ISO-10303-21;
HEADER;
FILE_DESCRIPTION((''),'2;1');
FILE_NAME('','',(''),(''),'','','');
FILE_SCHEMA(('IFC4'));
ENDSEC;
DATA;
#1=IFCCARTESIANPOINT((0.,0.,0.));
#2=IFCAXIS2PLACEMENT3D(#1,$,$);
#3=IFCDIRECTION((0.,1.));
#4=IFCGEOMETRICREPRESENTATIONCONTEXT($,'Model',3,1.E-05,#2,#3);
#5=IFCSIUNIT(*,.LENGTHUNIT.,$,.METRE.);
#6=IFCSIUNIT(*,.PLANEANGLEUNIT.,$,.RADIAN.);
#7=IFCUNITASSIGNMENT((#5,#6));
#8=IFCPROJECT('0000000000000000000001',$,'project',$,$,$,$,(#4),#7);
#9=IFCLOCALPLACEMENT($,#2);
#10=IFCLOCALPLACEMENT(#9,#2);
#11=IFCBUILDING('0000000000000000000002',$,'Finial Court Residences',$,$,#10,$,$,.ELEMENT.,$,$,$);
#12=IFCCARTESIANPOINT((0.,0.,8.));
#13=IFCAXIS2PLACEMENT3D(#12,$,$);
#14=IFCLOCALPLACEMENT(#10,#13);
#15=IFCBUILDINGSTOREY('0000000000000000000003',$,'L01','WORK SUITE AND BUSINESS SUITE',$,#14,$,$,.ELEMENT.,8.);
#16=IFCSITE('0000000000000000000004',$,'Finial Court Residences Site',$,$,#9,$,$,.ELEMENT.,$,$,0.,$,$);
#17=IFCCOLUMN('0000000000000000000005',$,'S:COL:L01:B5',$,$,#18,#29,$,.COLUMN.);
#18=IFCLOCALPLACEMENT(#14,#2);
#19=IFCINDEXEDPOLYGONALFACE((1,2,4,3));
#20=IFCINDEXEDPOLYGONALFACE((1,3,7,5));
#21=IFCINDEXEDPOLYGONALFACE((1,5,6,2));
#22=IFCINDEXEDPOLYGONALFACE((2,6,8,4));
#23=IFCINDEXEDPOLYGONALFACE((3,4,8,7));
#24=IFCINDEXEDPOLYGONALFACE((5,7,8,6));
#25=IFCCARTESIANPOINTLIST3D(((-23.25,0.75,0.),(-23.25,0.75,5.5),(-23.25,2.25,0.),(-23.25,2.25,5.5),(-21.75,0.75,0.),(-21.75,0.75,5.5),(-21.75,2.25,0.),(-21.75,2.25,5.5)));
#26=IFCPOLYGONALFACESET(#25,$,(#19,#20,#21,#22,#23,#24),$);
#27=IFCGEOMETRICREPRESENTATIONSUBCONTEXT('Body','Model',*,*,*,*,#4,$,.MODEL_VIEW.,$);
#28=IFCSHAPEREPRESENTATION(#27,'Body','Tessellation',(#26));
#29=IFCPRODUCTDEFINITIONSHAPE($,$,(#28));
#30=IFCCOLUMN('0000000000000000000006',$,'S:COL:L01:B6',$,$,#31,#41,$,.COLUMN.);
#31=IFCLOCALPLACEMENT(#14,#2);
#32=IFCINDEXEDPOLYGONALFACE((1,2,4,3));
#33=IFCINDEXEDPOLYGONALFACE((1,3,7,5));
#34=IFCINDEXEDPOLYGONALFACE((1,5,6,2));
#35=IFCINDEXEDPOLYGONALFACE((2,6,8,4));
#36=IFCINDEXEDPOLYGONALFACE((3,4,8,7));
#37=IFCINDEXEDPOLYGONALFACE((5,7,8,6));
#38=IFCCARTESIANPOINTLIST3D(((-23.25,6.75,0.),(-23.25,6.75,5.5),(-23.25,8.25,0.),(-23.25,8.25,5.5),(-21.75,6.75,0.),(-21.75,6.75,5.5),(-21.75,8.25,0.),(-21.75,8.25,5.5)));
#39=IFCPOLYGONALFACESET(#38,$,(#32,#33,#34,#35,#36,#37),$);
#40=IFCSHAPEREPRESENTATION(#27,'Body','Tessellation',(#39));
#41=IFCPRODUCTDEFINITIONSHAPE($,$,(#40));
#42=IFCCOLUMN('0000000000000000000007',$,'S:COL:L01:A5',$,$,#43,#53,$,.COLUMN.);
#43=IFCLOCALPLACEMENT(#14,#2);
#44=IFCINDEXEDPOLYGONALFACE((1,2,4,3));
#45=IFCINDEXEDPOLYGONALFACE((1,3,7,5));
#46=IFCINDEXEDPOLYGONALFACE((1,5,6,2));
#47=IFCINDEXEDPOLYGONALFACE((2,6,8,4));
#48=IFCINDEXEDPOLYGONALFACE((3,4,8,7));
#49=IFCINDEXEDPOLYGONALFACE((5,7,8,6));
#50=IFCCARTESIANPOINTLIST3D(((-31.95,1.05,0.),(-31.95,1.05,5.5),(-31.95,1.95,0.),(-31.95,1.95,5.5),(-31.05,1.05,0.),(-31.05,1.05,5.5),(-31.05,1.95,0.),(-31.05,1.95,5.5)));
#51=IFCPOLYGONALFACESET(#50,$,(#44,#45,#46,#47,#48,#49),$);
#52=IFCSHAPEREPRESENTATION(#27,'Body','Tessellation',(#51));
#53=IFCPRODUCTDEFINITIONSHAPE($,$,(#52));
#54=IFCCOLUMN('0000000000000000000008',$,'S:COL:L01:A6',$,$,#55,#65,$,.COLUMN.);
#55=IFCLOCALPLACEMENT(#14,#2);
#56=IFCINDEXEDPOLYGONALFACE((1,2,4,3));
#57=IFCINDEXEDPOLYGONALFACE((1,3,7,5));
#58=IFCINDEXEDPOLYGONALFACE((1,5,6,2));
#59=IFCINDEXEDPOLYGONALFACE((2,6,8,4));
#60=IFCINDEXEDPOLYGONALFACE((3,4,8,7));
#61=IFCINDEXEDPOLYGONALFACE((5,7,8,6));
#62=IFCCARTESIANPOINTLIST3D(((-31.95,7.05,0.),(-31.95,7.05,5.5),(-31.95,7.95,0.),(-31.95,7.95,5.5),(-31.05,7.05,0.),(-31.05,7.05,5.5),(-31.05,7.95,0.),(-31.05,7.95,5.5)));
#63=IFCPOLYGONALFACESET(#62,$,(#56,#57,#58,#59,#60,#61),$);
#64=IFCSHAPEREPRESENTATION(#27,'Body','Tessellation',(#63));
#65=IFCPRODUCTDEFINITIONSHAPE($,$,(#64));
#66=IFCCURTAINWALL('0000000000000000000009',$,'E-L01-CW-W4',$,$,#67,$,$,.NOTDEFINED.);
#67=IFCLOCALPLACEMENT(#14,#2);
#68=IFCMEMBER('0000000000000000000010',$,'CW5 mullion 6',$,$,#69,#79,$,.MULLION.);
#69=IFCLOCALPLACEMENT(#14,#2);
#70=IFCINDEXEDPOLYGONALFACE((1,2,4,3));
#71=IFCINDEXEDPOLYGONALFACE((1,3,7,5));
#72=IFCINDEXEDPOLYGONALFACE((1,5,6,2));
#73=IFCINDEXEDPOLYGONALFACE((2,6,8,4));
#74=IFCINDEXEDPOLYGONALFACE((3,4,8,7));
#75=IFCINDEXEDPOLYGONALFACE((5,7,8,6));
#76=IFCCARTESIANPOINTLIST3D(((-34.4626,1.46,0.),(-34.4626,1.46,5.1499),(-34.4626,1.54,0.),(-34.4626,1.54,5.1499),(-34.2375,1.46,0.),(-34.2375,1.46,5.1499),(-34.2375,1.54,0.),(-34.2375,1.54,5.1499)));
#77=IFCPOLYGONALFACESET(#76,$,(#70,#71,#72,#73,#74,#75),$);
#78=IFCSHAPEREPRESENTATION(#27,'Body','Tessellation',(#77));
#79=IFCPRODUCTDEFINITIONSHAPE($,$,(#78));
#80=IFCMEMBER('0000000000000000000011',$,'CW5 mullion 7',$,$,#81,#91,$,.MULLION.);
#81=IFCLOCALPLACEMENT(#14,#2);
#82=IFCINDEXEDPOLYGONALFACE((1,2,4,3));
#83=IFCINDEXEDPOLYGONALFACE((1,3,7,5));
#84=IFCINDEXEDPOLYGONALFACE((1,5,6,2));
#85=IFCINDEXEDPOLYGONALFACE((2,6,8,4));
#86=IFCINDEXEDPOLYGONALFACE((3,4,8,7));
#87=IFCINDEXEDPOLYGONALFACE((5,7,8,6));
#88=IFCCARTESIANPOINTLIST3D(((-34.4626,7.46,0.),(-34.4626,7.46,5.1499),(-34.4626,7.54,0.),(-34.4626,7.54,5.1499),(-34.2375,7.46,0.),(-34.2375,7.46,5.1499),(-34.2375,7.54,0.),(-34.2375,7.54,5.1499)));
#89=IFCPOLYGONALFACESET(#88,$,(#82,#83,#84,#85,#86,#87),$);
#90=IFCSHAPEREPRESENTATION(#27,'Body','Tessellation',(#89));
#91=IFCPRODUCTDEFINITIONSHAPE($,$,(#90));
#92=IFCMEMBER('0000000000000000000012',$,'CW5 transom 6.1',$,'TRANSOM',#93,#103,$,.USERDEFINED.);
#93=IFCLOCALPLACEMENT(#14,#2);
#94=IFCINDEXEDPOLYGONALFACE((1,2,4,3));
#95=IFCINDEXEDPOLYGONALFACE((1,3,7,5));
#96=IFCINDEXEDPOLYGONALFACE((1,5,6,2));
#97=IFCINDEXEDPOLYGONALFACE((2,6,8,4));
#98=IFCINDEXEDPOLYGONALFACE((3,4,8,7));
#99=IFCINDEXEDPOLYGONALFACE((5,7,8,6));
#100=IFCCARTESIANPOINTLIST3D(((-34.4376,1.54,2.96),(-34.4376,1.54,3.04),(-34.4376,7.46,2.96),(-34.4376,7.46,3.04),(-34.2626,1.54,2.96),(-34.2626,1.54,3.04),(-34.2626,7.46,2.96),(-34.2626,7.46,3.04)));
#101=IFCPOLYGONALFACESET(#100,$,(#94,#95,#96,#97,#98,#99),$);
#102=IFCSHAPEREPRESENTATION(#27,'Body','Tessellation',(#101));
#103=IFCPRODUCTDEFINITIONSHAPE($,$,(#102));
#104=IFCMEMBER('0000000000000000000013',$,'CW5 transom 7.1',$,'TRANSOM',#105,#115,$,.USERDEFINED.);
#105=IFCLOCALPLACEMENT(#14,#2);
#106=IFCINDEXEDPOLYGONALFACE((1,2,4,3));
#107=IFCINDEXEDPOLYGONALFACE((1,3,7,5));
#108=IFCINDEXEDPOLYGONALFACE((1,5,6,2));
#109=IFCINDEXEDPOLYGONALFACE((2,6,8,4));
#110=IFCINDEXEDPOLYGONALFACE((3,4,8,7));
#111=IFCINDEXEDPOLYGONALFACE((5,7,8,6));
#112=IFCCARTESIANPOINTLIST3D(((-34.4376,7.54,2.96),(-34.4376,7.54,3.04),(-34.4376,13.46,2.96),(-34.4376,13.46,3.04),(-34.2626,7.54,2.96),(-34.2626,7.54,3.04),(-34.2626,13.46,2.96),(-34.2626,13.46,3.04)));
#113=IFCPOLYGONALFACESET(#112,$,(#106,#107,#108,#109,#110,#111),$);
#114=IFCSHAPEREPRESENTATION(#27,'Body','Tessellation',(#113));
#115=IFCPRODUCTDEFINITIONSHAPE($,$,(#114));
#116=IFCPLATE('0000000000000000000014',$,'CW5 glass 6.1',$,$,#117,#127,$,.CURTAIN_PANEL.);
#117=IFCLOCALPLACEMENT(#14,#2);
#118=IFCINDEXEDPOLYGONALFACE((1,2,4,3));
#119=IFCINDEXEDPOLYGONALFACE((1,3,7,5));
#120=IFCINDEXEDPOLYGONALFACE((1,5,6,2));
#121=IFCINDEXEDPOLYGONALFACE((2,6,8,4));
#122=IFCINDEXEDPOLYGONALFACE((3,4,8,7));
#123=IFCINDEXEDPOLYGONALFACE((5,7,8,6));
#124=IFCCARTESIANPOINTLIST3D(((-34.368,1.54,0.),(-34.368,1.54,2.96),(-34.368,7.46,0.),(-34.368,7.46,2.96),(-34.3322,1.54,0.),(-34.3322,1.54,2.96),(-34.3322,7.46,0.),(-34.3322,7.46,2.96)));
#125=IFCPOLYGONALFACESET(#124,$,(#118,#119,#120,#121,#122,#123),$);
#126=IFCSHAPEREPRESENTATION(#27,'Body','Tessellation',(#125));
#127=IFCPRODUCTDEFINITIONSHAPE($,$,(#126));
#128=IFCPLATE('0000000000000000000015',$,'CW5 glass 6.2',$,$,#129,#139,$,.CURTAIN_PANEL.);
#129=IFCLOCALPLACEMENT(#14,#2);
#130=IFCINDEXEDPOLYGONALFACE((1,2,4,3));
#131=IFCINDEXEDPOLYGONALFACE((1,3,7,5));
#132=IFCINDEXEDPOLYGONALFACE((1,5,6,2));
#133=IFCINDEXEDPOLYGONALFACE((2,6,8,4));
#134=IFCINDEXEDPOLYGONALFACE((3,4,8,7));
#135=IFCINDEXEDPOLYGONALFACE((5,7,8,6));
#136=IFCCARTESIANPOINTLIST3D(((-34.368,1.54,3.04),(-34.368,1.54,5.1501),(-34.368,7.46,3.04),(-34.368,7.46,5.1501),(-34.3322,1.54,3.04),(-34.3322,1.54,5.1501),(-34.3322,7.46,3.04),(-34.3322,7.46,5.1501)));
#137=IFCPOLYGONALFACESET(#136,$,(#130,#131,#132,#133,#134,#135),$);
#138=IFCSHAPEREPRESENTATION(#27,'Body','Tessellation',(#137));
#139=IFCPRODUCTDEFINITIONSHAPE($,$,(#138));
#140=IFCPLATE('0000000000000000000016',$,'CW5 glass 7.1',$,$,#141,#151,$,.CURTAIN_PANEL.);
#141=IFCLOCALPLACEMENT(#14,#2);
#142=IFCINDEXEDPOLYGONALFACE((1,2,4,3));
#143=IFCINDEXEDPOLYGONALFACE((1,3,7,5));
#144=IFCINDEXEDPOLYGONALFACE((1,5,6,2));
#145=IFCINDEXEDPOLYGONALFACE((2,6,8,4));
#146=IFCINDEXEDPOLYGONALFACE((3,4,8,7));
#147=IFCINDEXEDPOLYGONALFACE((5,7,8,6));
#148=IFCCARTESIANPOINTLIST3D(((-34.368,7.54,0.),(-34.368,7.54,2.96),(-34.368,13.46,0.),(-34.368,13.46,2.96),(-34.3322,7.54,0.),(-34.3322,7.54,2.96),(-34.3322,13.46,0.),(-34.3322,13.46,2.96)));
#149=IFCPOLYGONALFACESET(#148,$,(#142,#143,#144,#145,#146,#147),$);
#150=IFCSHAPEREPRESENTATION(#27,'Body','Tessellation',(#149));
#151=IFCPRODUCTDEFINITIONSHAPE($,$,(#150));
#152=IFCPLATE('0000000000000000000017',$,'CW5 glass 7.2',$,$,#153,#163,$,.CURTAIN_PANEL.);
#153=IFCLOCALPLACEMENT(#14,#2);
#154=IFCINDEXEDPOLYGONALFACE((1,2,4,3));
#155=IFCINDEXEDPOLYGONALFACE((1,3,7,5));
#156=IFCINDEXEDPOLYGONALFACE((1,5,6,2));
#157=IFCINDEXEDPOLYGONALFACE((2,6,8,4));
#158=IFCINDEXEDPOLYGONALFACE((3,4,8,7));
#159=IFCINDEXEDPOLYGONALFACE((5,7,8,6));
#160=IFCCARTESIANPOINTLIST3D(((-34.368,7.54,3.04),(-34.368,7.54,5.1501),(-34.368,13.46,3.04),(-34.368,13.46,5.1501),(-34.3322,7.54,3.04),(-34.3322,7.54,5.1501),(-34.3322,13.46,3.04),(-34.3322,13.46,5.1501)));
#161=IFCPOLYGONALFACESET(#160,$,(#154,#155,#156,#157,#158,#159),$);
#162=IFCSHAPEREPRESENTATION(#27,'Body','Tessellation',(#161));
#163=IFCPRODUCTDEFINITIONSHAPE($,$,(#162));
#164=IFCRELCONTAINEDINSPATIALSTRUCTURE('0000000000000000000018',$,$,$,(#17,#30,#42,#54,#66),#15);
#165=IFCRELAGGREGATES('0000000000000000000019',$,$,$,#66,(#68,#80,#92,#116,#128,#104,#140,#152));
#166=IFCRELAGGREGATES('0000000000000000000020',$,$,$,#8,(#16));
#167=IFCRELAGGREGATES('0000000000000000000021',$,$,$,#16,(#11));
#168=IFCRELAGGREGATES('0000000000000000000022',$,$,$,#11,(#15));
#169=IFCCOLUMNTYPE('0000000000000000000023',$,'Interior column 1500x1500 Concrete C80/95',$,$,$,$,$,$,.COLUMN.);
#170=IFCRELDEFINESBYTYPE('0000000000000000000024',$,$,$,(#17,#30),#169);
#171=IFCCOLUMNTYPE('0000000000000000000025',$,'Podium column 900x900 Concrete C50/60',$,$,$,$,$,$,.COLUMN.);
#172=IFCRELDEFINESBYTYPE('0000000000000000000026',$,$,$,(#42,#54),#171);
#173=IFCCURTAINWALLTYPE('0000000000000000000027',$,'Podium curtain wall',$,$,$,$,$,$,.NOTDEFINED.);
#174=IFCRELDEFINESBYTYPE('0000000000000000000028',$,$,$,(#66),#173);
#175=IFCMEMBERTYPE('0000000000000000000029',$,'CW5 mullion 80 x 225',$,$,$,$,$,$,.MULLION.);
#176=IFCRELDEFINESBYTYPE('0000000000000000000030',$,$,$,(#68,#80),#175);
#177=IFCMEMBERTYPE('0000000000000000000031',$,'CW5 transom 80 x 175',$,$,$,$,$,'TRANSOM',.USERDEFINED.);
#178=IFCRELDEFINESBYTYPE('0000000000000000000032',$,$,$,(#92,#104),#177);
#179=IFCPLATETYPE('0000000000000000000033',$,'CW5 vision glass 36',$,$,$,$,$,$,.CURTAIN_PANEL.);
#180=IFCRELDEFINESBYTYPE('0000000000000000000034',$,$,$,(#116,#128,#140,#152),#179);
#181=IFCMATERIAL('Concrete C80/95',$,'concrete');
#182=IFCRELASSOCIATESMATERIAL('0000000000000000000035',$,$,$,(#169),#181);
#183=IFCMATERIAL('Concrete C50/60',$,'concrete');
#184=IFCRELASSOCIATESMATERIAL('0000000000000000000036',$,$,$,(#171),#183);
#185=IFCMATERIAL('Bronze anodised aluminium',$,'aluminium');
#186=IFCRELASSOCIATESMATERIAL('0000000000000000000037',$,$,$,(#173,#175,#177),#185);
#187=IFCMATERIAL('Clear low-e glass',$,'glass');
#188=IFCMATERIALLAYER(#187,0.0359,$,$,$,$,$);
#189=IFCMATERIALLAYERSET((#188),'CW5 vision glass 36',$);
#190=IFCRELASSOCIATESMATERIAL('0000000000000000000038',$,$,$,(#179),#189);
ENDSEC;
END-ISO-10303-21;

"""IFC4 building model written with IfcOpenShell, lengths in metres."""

from ifc_helpers import new_model, si_unit, direction, frame, origin, origin_2d, place, context, subcontext, project, spatial, rectangle, extrude, material, layer, layer_set, material_profile, profile_set, type_object, element, aggregate, save


model = new_model("IFC4")

# Units and contexts
model_context = context("Model", 3, precision=1e-05, world=origin(), true_north=direction((0.0, 1.0)))
body_context = subcontext(model_context, "Body", "Model", "MODEL_VIEW")
ifc_project = project(units=[si_unit("LENGTHUNIT", "METRE"), si_unit("PLANEANGLEUNIT", "RADIAN")], contexts=[model_context])

# Site, building, storey
site_placement = place(None, origin())
site = spatial("IfcSite", under=ifc_project, at=site_placement, Name="Finial Court Residences Site", CompositionType="ELEMENT", RefElevation=0.0)
building_placement = place(site_placement, origin())
building = spatial("IfcBuilding", under=site, at=building_placement, Name="Finial Court Residences", CompositionType="ELEMENT")
storey_placement = place(building_placement, frame((0.0, 0.0, 8.0)))
storey = spatial("IfcBuildingStorey", under=building, at=storey_placement, Name="L01", Description="WORK SUITE AND BUSINESS SUITE", CompositionType="ELEMENT", Elevation=8.0)

# Columns
ifc_material_1 = material(Name="Concrete C80/95", Category="concrete")
ifc_material_profile_1 = material_profile(ifc_material_1, rectangle(XDim=1.5, YDim=1.5, at=origin_2d()), Name="1500x1500")
ifc_profile_set_1 = profile_set([ifc_material_profile_1], Name="Concrete C80/95")
column_type_1 = type_object("IfcColumnType", Name="Interior column 1500x1500 Concrete C80/95", PredefinedType="COLUMN", material=ifc_profile_set_1)
for number, where, z_axis, x_axis, name in (
    (1, (-22.5, 1.5, 0.0), (0.0, 0.0, 1.0), (1.0, 0.0, 0.0), "S:COL:L01:B5"),
    (2, (-22.5, 7.5, 0.0), (0.0, 0.0, 1.0), (1.0, 0.0, 0.0), "S:COL:L01:B6"),
):
    element("IfcColumn", number, at=place(storey_placement, frame(where, z_axis=z_axis, x_axis=x_axis)), inside=storey, type_object=column_type_1, Name=name, PredefinedType="COLUMN", context=body_context, shape_type="SweptSolid", body=[
        extrude(rectangle(XDim=1.5, YDim=1.5, at=origin_2d()), origin(), (0.0, 0.0, 1.0), 5.5),
    ])
ifc_material_2 = material(Name="Concrete C50/60", Category="concrete")
ifc_material_profile_2 = material_profile(ifc_material_2, rectangle(XDim=0.8999, YDim=0.8999, at=origin_2d()), Name="900x900")
ifc_profile_set_2 = profile_set([ifc_material_profile_2], Name="Concrete C50/60")
column_type_2 = type_object("IfcColumnType", Name="Podium column 900x900 Concrete C50/60", PredefinedType="COLUMN", material=ifc_profile_set_2)
for number, where, z_axis, x_axis, name in (
    (3, (-31.5, 1.5, 0.0), (0.0, 0.0, 1.0), (1.0, 0.0, 0.0), "S:COL:L01:A5"),
    (4, (-31.5, 7.5, 0.0), (0.0, 0.0, 1.0), (1.0, 0.0, 0.0), "S:COL:L01:A6"),
):
    element("IfcColumn", number, at=place(storey_placement, frame(where, z_axis=z_axis, x_axis=x_axis)), inside=storey, type_object=column_type_2, Name=name, PredefinedType="COLUMN", context=body_context, shape_type="SweptSolid", body=[
        extrude(rectangle(XDim=0.8999, YDim=0.8999, at=origin_2d()), origin(), (0.0, 0.0, 1.0), 5.5),
    ])

# Curtain wall, members, plates
ifc_material_3 = material(Name="Bronze anodised aluminium", Category="aluminium")
curtain_wall_type = type_object("IfcCurtainWallType", Name="Podium curtain wall", PredefinedType="NOTDEFINED", material=ifc_material_3)
curtain_wall_placement = place(storey_placement, origin())
curtain_wall = element("IfcCurtainWall", 5, at=curtain_wall_placement, inside=storey, type_object=curtain_wall_type, Name="E-L01-CW-W4", PredefinedType="NOTDEFINED")
ifc_material_profile_3 = material_profile(ifc_material_3, rectangle(XDim=0.2251, YDim=0.0801, at=origin_2d()), Name="CW5 mullion 80 x 225")
ifc_profile_set_3 = profile_set([ifc_material_profile_3], Name="Bronze anodised aluminium")
member_type_1 = type_object("IfcMemberType", Name="CW5 mullion 80 x 225", PredefinedType="MULLION", material=ifc_profile_set_3)
member_1_placement = place(storey_placement, frame((-34.3501, 1.5, 0.0), z_axis=(0.0, 0.0, 1.0), x_axis=(-1.0, 0.0, 0.0)))
member_1 = element("IfcMember", 6, at=member_1_placement, type_object=member_type_1, Name="CW5 mullion 6", PredefinedType="MULLION", context=body_context, shape_type="SweptSolid", body=[
    extrude(rectangle(XDim=0.2251, YDim=0.0801, at=origin_2d()), origin(), (0.0, 0.0, 1.0), 5.1499),
])
member_2_placement = place(storey_placement, frame((-34.3501, 7.5, 0.0), z_axis=(0.0, 0.0, 1.0), x_axis=(-1.0, 0.0, 0.0)))
member_2 = element("IfcMember", 7, at=member_2_placement, type_object=member_type_1, Name="CW5 mullion 7", PredefinedType="MULLION", context=body_context, shape_type="SweptSolid", body=[
    extrude(rectangle(XDim=0.2251, YDim=0.0801, at=origin_2d()), origin(), (0.0, 0.0, 1.0), 5.1499),
])
ifc_material_profile_4 = material_profile(ifc_material_3, rectangle(XDim=0.175, YDim=0.0801, at=origin_2d()), Name="CW5 transom 80 x 175")
ifc_profile_set_4 = profile_set([ifc_material_profile_4], Name="Bronze anodised aluminium")
member_type_2 = type_object("IfcMemberType", Name="CW5 transom 80 x 175", ElementType="TRANSOM", PredefinedType="USERDEFINED", material=ifc_profile_set_4)
member_3_placement = place(storey_placement, frame((-34.3501, 1.54, 3.0), z_axis=(0.0, 1.0, 0.0), x_axis=(-1.0, 0.0, 0.0)))
member_3 = element("IfcMember", 8, at=member_3_placement, type_object=member_type_2, Name="CW5 transom 6.1", ObjectType="TRANSOM", PredefinedType="USERDEFINED", context=body_context, shape_type="SweptSolid", body=[
    extrude(rectangle(XDim=0.175, YDim=0.0801, at=origin_2d()), origin(), (0.0, 0.0, 1.0), 5.9199),
])
member_4_placement = place(storey_placement, frame((-34.3501, 7.54, 3.0), z_axis=(0.0, 1.0, 0.0), x_axis=(-1.0, 0.0, 0.0)))
member_4 = element("IfcMember", 9, at=member_4_placement, type_object=member_type_2, Name="CW5 transom 7.1", ObjectType="TRANSOM", PredefinedType="USERDEFINED", context=body_context, shape_type="SweptSolid", body=[
    extrude(rectangle(XDim=0.175, YDim=0.0801, at=origin_2d()), origin(), (0.0, 0.0, 1.0), 5.9199),
])
ifc_material_4 = material(Name="Clear low-e glass", Category="glass")
ifc_layer_1 = layer(ifc_material_4, 0.0359)
ifc_layer_set_1 = layer_set([ifc_layer_1], Name="CW5 vision glass 36")
plate_type = type_object("IfcPlateType", Name="CW5 vision glass 36", PredefinedType="CURTAIN_PANEL", material=ifc_layer_set_1)
plate_1_placement = place(storey_placement, frame((-34.3501, 4.5, 0.0), z_axis=(0.0, 0.0, 1.0), x_axis=(0.0, 1.0, 0.0)))
plate_1 = element("IfcPlate", 10, at=plate_1_placement, type_object=plate_type, Name="CW5 glass 6.1", PredefinedType="CURTAIN_PANEL", context=body_context, shape_type="SweptSolid", body=[
    extrude(rectangle(XDim=5.9199, YDim=0.0359, at=origin_2d()), origin(), (0.0, 0.0, 1.0), 2.96),
])
plate_2_placement = place(storey_placement, frame((-34.3501, 4.5, 3.04), z_axis=(0.0, 0.0, 1.0), x_axis=(0.0, 1.0, 0.0)))
plate_2 = element("IfcPlate", 11, at=plate_2_placement, type_object=plate_type, Name="CW5 glass 6.2", PredefinedType="CURTAIN_PANEL", context=body_context, shape_type="SweptSolid", body=[
    extrude(rectangle(XDim=5.9199, YDim=0.0359, at=origin_2d()), origin(), (0.0, 0.0, 1.0), 2.1101),
])
plate_3_placement = place(storey_placement, frame((-34.3501, 10.5, 0.0), z_axis=(0.0, 0.0, 1.0), x_axis=(0.0, 1.0, 0.0)))
plate_3 = element("IfcPlate", 12, at=plate_3_placement, type_object=plate_type, Name="CW5 glass 7.1", PredefinedType="CURTAIN_PANEL", context=body_context, shape_type="SweptSolid", body=[
    extrude(rectangle(XDim=5.9199, YDim=0.0359, at=origin_2d()), origin(), (0.0, 0.0, 1.0), 2.96),
])
plate_4_placement = place(storey_placement, frame((-34.3501, 10.5, 3.04), z_axis=(0.0, 0.0, 1.0), x_axis=(0.0, 1.0, 0.0)))
plate_4 = element("IfcPlate", 13, at=plate_4_placement, type_object=plate_type, Name="CW5 glass 7.2", PredefinedType="CURTAIN_PANEL", context=body_context, shape_type="SweptSolid", body=[
    extrude(rectangle(XDim=5.9199, YDim=0.0359, at=origin_2d()), origin(), (0.0, 0.0, 1.0), 2.1101),
])
aggregate(curtain_wall, [member_1, member_2, member_3, plate_1, plate_2, member_4, plate_3, plate_4])

save(model, "model.ifc")
